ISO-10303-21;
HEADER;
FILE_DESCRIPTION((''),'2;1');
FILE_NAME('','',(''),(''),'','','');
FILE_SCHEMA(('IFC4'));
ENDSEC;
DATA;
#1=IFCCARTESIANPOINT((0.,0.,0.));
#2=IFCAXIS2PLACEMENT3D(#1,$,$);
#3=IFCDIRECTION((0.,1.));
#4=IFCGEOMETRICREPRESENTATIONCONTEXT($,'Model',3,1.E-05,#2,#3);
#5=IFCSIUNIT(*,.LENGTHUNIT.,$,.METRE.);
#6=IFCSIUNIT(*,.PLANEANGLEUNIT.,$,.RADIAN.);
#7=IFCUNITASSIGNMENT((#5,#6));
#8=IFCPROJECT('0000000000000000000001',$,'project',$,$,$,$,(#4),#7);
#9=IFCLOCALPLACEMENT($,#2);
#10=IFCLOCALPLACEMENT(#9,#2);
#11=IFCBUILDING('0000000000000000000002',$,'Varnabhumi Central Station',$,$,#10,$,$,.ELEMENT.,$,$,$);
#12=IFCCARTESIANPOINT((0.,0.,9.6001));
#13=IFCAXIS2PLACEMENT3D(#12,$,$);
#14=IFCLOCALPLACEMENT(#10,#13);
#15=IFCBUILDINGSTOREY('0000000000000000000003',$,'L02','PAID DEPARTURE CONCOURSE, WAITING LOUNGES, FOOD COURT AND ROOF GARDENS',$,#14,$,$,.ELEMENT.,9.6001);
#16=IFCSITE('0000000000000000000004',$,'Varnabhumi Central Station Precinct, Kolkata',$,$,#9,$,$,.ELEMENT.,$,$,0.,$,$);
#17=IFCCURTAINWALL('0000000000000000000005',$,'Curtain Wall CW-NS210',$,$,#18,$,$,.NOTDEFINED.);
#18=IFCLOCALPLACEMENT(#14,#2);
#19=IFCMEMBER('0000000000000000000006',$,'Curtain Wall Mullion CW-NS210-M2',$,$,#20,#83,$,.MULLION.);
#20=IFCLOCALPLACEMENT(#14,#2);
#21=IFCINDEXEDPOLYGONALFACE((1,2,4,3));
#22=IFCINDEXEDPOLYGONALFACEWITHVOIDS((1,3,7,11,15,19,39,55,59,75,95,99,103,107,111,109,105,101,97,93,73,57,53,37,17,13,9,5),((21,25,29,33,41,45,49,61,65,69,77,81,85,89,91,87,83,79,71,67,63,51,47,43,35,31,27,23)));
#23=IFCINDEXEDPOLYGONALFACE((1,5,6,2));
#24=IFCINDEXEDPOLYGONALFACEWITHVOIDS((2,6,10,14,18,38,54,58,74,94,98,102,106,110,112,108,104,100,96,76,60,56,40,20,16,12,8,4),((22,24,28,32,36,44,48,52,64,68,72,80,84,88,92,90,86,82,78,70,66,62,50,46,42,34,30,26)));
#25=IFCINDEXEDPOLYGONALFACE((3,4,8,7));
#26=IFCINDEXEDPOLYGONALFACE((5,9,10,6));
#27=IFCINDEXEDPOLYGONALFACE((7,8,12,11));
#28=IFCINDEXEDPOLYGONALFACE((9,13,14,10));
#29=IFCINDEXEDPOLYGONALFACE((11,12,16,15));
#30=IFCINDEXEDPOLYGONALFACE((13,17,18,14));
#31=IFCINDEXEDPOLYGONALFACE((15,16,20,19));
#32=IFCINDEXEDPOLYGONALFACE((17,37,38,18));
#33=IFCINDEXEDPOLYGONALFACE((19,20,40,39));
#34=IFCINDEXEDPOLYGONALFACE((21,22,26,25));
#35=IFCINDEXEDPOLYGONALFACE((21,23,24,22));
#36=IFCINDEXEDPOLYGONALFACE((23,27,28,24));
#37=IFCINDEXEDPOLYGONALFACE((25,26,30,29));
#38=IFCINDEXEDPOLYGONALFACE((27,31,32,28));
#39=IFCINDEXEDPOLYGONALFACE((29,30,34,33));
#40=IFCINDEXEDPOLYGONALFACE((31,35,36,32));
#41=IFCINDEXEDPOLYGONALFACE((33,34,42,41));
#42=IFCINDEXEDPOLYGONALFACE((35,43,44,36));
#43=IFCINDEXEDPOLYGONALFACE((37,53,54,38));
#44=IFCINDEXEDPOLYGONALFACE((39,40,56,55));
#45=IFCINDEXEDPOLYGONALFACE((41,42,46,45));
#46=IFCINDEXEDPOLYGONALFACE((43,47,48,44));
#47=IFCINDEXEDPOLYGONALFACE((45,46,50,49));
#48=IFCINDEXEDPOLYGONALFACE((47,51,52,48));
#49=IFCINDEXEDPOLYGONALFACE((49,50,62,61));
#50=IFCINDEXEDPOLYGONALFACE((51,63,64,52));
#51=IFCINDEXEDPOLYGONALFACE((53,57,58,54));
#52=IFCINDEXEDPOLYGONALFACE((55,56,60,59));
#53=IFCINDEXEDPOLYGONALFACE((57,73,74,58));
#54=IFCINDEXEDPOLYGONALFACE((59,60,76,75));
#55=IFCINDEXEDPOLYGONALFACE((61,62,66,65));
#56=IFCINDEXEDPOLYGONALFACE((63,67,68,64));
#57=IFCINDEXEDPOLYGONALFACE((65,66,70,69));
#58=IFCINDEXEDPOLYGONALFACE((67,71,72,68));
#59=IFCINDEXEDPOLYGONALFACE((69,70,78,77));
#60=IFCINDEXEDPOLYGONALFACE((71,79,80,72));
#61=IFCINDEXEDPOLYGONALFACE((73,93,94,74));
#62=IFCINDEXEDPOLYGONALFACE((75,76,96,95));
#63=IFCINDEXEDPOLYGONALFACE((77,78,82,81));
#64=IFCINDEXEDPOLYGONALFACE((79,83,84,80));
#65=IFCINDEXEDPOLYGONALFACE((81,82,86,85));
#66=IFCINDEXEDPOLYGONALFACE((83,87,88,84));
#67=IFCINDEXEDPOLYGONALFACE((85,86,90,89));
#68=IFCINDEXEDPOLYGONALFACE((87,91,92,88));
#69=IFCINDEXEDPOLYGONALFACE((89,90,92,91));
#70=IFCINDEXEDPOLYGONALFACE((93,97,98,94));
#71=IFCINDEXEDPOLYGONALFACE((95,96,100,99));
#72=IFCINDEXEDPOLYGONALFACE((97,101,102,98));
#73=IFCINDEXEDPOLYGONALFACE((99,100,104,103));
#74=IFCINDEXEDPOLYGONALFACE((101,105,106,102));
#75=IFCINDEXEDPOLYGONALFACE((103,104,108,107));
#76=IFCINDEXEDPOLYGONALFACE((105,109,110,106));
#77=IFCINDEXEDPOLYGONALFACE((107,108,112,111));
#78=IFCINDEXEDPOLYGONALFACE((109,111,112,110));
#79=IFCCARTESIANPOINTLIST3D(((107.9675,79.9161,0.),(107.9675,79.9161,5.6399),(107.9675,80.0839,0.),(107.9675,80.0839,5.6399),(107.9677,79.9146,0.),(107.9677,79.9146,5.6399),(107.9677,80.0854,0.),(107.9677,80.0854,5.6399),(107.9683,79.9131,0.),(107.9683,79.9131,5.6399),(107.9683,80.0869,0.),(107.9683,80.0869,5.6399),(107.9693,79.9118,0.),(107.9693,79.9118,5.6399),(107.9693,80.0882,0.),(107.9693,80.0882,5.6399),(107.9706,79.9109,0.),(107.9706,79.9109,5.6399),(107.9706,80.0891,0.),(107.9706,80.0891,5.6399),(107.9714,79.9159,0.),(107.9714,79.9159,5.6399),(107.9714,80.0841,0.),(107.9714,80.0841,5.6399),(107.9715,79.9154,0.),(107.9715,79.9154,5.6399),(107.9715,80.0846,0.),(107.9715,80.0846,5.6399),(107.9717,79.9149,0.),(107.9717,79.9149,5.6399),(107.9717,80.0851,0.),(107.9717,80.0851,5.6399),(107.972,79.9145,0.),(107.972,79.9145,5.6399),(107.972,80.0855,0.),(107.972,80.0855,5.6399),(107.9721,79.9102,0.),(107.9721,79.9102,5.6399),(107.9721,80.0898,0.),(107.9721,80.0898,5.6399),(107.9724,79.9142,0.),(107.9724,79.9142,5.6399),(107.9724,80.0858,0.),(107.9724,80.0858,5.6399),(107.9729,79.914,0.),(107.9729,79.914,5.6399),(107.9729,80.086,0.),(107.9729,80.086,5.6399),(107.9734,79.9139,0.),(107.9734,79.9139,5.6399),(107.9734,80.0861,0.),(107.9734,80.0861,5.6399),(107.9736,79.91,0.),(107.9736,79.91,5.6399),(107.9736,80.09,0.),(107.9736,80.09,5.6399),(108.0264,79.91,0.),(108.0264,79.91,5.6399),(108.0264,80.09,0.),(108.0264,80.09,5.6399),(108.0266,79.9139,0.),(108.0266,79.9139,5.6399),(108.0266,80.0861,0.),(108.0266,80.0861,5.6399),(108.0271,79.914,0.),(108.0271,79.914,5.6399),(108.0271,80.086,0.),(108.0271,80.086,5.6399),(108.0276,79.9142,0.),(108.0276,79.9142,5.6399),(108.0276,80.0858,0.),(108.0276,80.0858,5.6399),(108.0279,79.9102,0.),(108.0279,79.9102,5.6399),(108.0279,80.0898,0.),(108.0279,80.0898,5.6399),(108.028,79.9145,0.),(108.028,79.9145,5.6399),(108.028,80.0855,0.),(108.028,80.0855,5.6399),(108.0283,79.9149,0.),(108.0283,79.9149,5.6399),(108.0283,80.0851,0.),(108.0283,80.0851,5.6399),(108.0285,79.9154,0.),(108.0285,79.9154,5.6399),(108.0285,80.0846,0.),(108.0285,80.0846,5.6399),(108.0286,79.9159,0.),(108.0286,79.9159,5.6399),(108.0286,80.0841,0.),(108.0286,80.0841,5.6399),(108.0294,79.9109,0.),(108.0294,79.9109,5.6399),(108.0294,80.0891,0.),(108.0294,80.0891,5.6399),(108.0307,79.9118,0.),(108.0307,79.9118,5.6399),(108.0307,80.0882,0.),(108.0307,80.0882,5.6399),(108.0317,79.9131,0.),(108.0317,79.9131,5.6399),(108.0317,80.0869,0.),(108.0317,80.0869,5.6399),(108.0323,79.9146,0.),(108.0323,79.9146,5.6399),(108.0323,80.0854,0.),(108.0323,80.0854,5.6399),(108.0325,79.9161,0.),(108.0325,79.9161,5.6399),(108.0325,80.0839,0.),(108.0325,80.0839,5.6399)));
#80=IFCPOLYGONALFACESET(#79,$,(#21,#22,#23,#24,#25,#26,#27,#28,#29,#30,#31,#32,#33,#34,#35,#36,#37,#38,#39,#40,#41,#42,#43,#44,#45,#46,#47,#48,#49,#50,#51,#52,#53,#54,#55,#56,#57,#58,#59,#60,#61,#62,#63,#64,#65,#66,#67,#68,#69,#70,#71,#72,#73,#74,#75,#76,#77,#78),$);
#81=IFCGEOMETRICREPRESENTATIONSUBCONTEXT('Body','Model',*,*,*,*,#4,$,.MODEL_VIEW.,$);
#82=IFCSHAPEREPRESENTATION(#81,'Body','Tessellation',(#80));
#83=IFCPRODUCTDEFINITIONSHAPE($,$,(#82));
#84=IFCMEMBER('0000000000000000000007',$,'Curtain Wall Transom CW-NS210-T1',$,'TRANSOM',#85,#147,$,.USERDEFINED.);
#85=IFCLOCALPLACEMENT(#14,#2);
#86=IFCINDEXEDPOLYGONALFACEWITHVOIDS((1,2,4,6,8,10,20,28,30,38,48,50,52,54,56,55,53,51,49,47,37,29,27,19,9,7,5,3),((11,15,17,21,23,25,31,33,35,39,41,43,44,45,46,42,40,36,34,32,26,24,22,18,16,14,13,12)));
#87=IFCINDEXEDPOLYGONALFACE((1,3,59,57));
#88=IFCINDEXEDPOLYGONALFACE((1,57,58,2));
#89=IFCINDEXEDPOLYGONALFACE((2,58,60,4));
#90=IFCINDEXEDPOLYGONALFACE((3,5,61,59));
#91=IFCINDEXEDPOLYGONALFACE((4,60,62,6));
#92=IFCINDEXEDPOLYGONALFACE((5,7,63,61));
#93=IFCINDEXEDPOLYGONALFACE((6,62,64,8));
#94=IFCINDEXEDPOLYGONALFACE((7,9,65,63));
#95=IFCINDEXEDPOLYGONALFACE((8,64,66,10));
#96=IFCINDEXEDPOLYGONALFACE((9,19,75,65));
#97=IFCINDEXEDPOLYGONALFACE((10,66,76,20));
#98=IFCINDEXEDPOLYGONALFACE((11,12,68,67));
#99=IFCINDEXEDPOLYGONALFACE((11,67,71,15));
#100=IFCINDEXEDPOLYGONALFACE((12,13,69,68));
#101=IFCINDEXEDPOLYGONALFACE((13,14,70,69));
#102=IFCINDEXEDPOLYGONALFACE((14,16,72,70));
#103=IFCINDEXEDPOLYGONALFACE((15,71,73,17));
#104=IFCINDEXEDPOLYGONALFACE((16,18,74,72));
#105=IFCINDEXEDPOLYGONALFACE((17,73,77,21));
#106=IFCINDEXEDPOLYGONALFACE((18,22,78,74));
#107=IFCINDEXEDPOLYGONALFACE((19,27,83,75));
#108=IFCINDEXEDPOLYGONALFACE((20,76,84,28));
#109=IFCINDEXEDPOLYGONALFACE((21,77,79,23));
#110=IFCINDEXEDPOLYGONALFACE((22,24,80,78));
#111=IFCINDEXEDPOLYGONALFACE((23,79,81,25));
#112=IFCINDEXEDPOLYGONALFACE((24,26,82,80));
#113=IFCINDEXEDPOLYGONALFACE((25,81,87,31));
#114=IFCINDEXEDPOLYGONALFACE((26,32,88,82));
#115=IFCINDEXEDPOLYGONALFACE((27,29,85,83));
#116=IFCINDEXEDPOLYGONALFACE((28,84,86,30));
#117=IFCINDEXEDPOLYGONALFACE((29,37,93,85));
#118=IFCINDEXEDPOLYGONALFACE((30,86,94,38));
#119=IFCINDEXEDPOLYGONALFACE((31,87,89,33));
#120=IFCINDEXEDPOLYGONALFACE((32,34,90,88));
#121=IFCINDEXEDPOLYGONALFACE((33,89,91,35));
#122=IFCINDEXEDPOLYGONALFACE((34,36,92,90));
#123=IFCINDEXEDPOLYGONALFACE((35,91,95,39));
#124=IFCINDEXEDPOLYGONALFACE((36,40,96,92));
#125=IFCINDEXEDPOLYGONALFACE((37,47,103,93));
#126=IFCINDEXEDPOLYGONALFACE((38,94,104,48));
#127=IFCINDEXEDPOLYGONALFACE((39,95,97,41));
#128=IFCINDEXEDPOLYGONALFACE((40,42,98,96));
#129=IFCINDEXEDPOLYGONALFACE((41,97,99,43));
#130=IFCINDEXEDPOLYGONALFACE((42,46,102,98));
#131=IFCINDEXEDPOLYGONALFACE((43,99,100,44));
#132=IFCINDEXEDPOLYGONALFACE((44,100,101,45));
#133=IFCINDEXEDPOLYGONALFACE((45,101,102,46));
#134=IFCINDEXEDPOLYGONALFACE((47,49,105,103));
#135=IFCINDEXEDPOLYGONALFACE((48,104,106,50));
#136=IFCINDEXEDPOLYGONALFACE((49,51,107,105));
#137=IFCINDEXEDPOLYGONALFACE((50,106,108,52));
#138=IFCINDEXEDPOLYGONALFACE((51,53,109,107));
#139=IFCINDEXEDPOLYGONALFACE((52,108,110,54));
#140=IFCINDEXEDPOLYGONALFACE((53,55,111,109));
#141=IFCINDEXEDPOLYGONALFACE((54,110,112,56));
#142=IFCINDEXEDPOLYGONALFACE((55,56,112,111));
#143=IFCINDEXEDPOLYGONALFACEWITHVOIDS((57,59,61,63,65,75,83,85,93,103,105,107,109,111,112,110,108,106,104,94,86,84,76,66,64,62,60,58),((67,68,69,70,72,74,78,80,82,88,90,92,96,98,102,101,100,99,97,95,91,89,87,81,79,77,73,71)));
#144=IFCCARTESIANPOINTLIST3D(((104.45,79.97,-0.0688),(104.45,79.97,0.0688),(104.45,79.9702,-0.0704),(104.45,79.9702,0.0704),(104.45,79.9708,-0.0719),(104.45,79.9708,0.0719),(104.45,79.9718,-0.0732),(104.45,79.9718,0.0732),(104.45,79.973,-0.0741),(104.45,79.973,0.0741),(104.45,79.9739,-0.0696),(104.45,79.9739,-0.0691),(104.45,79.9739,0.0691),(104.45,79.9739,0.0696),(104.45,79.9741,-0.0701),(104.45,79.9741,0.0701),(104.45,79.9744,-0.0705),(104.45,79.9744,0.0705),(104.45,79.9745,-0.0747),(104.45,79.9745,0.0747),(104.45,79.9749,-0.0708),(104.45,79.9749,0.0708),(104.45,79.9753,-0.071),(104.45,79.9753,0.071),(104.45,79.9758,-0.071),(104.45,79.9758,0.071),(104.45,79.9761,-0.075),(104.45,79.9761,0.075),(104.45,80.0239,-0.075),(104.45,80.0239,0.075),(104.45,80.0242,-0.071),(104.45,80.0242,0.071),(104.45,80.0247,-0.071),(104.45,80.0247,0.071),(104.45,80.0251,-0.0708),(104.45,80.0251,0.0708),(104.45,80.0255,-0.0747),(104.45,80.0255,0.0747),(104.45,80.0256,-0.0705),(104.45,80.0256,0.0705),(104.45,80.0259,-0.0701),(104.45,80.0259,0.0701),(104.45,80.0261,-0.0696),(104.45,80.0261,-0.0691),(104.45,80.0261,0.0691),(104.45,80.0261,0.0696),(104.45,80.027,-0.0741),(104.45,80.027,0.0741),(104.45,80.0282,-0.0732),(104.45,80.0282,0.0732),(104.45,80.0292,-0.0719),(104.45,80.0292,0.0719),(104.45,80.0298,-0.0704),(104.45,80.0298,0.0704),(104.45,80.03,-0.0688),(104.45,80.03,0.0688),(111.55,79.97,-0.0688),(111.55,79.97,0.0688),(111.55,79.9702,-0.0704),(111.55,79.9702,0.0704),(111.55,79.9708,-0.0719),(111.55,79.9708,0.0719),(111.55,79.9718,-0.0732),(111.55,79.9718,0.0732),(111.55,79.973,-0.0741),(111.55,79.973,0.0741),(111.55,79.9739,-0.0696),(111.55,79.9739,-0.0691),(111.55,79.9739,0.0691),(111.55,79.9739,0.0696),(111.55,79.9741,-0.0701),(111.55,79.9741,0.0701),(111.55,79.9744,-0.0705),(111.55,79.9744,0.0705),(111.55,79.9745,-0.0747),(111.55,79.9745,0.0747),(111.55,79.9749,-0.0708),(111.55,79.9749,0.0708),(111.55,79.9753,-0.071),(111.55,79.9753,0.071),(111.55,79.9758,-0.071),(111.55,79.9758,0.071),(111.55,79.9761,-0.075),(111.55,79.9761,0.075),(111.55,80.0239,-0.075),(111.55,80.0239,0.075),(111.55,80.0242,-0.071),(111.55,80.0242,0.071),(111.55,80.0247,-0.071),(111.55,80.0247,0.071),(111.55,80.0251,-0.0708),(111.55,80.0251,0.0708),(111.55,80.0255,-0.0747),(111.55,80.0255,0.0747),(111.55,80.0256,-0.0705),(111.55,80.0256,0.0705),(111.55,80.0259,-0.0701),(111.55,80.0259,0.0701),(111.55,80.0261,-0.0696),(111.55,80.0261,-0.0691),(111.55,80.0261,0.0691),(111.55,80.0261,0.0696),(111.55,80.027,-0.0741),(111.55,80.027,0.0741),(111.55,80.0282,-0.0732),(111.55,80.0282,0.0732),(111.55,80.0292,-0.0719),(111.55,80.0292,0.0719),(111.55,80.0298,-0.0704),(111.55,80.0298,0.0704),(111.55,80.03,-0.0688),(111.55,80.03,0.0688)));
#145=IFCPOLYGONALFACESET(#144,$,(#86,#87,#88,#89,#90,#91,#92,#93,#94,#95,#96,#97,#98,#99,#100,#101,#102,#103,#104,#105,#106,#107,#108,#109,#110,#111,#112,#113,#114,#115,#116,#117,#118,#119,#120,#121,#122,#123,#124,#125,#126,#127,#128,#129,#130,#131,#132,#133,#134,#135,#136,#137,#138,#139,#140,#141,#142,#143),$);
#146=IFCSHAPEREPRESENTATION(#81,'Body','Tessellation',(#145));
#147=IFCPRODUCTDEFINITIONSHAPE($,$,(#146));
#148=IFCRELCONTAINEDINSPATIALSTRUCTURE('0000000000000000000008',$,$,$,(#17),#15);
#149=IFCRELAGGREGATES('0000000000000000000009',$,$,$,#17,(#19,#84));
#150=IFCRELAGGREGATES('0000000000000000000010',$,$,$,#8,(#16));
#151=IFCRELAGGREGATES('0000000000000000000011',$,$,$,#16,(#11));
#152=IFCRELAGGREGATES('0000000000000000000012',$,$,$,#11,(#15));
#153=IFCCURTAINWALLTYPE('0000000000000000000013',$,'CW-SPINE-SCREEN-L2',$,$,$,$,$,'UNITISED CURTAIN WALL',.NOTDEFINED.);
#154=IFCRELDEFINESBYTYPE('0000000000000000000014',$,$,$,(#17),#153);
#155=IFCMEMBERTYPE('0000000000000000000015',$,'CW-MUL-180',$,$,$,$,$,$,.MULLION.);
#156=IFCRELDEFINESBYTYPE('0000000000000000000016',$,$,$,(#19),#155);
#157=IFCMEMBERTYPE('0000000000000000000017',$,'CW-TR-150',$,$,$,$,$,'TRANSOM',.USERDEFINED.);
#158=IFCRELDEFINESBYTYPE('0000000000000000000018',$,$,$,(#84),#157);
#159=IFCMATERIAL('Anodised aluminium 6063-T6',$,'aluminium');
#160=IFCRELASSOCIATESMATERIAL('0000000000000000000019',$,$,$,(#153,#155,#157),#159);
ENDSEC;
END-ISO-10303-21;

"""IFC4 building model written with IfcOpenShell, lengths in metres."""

from ifc_helpers import new_model, si_unit, direction, frame, origin, origin_2d, place, context, subcontext, project, spatial, hollow_rectangle, extrude, material, material_profile, profile_set, type_object, element, aggregate, save


model = new_model("IFC4")

# Units and contexts
model_context = context("Model", 3, precision=1e-05, world=origin(), true_north=direction((0.0, 1.0)))
body_context = subcontext(model_context, "Body", "Model", "MODEL_VIEW")
ifc_project = project(units=[si_unit("LENGTHUNIT", "METRE"), si_unit("PLANEANGLEUNIT", "RADIAN")], contexts=[model_context])

# Site, building, storey
site_placement = place(None, origin())
site = spatial("IfcSite", under=ifc_project, at=site_placement, Name="Varnabhumi Central Station Precinct, Kolkata", CompositionType="ELEMENT", RefElevation=0.0)
building_placement = place(site_placement, origin())
building = spatial("IfcBuilding", under=site, at=building_placement, Name="Varnabhumi Central Station", CompositionType="ELEMENT")
storey_placement = place(building_placement, frame((0.0, 0.0, 9.6001)))
storey = spatial("IfcBuildingStorey", under=building, at=storey_placement, Name="L02", Description="PAID DEPARTURE CONCOURSE, WAITING LOUNGES, FOOD COURT AND ROOF GARDENS", CompositionType="ELEMENT", Elevation=9.6001)

# Curtain wall, members
ifc_material_1 = material(Name="Anodised aluminium 6063-T6", Category="aluminium")
curtain_wall_type = type_object("IfcCurtainWallType", Name="CW-SPINE-SCREEN-L2", ElementType="UNITISED CURTAIN WALL", PredefinedType="NOTDEFINED", material=ifc_material_1)
curtain_wall_placement = place(storey_placement, origin())
curtain_wall = element("IfcCurtainWall", 1, at=curtain_wall_placement, inside=storey, type_object=curtain_wall_type, Name="Curtain Wall CW-NS210", PredefinedType="NOTDEFINED")
ifc_material_profile_1 = material_profile(ifc_material_1, hollow_rectangle(XDim=0.0649, YDim=0.1799, WallThickness=0.0039, InnerFilletRadius=0.002, OuterFilletRadius=0.0061, at=origin_2d()), Name="Anodised aluminium 6063-T6", Category="aluminium")
ifc_profile_set_1 = profile_set([ifc_material_profile_1], Name="Anodised aluminium 6063-T6")
member_type_1 = type_object("IfcMemberType", Name="CW-MUL-180", PredefinedType="MULLION", material=ifc_profile_set_1)
member_1_placement = place(storey_placement, frame((108.0, 80.0, 0.0), z_axis=(0.0, 0.0, 1.0), x_axis=(1.0, 0.0, 0.0)))
member_1 = element("IfcMember", 2, at=member_1_placement, type_object=member_type_1, Name="Curtain Wall Mullion CW-NS210-M2", PredefinedType="MULLION", context=body_context, shape_type="SweptSolid", body=[
    extrude(hollow_rectangle(XDim=0.0649, YDim=0.1799, WallThickness=0.0039, InnerFilletRadius=0.002, OuterFilletRadius=0.0061, at=origin_2d()), origin(), (0.0, 0.0, 1.0), 5.6399),
])
ifc_material_profile_2 = material_profile(ifc_material_1, hollow_rectangle(XDim=0.0601, YDim=0.1499, WallThickness=0.0039, InnerFilletRadius=0.002, OuterFilletRadius=0.0061, at=origin_2d()), Name="Anodised aluminium 6063-T6", Category="aluminium")
ifc_profile_set_2 = profile_set([ifc_material_profile_2], Name="Anodised aluminium 6063-T6")
member_type_2 = type_object("IfcMemberType", Name="CW-TR-150", ElementType="TRANSOM", PredefinedType="USERDEFINED", material=ifc_profile_set_2)
member_2_placement = place(storey_placement, frame((104.45, 80.0, 0.0), z_axis=(1.0, 0.0, 0.0), x_axis=(0.0, 1.0, 0.0)))
member_2 = element("IfcMember", 3, at=member_2_placement, type_object=member_type_2, Name="Curtain Wall Transom CW-NS210-T1", ObjectType="TRANSOM", PredefinedType="USERDEFINED", context=body_context, shape_type="SweptSolid", body=[
    extrude(hollow_rectangle(XDim=0.0601, YDim=0.1499, WallThickness=0.0039, InnerFilletRadius=0.002, OuterFilletRadius=0.0061, at=origin_2d()), origin(), (0.0, 0.0, 1.0), 7.1001),
])
aggregate(curtain_wall, [member_1, member_2])

save(model, "model.ifc")
